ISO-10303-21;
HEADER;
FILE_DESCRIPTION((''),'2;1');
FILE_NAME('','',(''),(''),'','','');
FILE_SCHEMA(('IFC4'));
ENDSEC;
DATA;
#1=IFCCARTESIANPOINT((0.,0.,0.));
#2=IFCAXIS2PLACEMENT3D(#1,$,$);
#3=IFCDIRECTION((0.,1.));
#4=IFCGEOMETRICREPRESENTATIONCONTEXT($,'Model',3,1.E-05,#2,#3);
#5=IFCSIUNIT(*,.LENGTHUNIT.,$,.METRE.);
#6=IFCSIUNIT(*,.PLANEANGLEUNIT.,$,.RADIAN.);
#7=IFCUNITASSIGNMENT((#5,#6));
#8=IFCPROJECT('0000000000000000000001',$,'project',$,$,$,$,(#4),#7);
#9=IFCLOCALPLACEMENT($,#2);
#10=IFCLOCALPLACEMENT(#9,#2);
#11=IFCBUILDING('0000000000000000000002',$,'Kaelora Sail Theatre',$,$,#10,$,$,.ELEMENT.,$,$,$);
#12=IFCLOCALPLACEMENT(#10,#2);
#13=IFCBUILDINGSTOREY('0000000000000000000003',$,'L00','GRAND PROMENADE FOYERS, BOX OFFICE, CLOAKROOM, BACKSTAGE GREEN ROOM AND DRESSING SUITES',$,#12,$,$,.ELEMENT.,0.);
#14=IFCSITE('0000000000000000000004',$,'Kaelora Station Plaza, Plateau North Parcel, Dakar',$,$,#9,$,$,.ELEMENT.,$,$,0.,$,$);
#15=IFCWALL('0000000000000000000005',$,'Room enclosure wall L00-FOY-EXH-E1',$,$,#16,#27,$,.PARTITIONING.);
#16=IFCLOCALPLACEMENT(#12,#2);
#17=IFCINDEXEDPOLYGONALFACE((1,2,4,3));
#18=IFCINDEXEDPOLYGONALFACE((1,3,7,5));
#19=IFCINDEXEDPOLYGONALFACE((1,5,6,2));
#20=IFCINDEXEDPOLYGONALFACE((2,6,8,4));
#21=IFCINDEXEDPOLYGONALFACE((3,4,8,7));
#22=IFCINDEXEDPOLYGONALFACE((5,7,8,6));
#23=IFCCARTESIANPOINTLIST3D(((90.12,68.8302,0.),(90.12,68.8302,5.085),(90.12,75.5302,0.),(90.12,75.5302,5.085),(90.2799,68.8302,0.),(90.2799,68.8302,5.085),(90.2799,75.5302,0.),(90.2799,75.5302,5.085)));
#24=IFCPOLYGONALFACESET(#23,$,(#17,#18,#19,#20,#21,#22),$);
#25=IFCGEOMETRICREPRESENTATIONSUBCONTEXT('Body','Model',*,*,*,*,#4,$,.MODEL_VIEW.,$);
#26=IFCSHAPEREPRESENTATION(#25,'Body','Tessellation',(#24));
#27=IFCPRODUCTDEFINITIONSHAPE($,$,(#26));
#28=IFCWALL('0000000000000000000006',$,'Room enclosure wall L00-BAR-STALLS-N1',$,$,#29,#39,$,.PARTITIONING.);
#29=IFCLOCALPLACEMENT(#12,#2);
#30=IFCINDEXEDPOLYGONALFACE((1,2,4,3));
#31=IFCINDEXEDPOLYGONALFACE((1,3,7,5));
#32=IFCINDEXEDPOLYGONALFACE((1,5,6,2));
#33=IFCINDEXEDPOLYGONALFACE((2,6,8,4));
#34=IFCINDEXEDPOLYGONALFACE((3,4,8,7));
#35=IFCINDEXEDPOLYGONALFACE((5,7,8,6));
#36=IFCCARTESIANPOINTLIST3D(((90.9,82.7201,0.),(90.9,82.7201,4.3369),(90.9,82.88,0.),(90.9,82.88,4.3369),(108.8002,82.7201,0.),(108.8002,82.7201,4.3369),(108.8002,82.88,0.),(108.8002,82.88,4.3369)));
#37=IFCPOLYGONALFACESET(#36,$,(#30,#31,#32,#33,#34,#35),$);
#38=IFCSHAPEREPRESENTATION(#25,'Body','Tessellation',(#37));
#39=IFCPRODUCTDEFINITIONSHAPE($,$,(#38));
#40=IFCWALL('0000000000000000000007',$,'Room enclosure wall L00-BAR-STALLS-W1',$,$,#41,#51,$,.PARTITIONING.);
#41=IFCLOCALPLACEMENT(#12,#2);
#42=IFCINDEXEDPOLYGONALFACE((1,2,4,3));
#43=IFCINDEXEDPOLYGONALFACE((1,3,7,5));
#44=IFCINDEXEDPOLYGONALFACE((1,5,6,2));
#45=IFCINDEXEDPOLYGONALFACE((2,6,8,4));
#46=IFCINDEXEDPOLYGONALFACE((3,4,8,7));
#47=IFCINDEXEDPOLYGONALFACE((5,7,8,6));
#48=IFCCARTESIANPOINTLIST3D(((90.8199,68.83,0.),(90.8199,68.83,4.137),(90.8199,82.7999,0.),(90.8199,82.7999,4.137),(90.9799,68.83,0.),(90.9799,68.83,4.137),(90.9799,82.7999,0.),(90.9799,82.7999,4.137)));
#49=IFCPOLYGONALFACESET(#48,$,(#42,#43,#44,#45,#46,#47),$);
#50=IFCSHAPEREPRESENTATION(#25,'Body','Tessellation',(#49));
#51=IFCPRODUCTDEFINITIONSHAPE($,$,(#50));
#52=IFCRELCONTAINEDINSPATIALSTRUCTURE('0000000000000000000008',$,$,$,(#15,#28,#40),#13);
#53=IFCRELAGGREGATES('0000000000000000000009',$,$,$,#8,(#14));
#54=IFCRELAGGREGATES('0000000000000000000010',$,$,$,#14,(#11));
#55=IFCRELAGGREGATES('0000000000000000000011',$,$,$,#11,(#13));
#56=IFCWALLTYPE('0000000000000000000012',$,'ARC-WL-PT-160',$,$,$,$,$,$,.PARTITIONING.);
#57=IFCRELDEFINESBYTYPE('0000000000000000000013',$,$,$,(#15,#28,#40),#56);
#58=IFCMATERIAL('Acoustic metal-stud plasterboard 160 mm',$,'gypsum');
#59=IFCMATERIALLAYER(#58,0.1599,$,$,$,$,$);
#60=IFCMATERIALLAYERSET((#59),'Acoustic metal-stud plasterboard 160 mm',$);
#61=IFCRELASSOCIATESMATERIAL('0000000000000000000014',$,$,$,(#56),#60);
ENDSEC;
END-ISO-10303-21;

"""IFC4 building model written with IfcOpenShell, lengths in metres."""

from ifc_helpers import new_model, si_unit, direction, frame, frame_2d, origin, place, context, subcontext, project, spatial, rectangle, extrude, material, layer, layer_set, type_object, element, save


model = new_model("IFC4")

# Units and contexts
model_context = context("Model", 3, precision=1e-05, world=origin(), true_north=direction((0.0, 1.0)))
body_context = subcontext(model_context, "Body", "Model", "MODEL_VIEW")
ifc_project = project(units=[si_unit("LENGTHUNIT", "METRE"), si_unit("PLANEANGLEUNIT", "RADIAN")], contexts=[model_context])

# Site, building, storey
site_placement = place(None, origin())
site = spatial("IfcSite", under=ifc_project, at=site_placement, Name="Kaelora Station Plaza, Plateau North Parcel, Dakar", CompositionType="ELEMENT", RefElevation=0.0)
building_placement = place(site_placement, origin())
building = spatial("IfcBuilding", under=site, at=building_placement, Name="Kaelora Sail Theatre", CompositionType="ELEMENT")
storey_placement = place(building_placement, origin())
storey = spatial("IfcBuildingStorey", under=building, at=storey_placement, Name="L00", Description="GRAND PROMENADE FOYERS, BOX OFFICE, CLOAKROOM, BACKSTAGE GREEN ROOM AND DRESSING SUITES", CompositionType="ELEMENT", Elevation=0.0)

# Walls
ifc_material_1 = material(Name="Acoustic metal-stud plasterboard 160 mm", Category="gypsum")
ifc_layer_1 = layer(ifc_material_1, 0.1599)
ifc_layer_set_1 = layer_set([ifc_layer_1], Name="Acoustic metal-stud plasterboard 160 mm")
wall_type_1 = type_object("IfcWallType", Name="ARC-WL-PT-160", PredefinedType="PARTITIONING", material=ifc_layer_set_1)
wall_1_placement = place(storey_placement, frame((90.2, 68.8301, 0.0), z_axis=(0.0, 0.0, 1.0), x_axis=(0.0, 1.0, 0.0)))
element("IfcWall", 1, at=wall_1_placement, inside=storey, type_object=wall_type_1, Name="Room enclosure wall L00-FOY-EXH-E1", PredefinedType="PARTITIONING", context=body_context, shape_type="SweptSolid", body=[
    extrude(rectangle(XDim=6.7, YDim=0.1599, at=frame_2d((3.3501, 0.0))), origin(), (0.0, 0.0, 1.0), 5.085),
])
wall_2_placement = place(storey_placement, frame((90.8999, 82.8, 0.0), z_axis=(0.0, 0.0, 1.0), x_axis=(1.0, 0.0, 0.0)))
element("IfcWall", 2, at=wall_2_placement, inside=storey, type_object=wall_type_1, Name="Room enclosure wall L00-BAR-STALLS-N1", PredefinedType="PARTITIONING", context=body_context, shape_type="SweptSolid", body=[
    extrude(rectangle(XDim=17.9001, YDim=0.1599, at=frame_2d((8.9502, 0.0))), origin(), (0.0, 0.0, 1.0), 4.3369),
])
wall_3_placement = place(storey_placement, frame((90.8999, 68.8301, 0.0), z_axis=(0.0, 0.0, 1.0), x_axis=(0.0, 1.0, 0.0)))
element("IfcWall", 3, at=wall_3_placement, inside=storey, type_object=wall_type_1, Name="Room enclosure wall L00-BAR-STALLS-W1", PredefinedType="PARTITIONING", context=body_context, shape_type="SweptSolid", body=[
    extrude(rectangle(XDim=13.97, YDim=0.1599, at=frame_2d((6.9849, 0.0))), origin(), (0.0, 0.0, 1.0), 4.137),
])

save(model, "model.ifc")
